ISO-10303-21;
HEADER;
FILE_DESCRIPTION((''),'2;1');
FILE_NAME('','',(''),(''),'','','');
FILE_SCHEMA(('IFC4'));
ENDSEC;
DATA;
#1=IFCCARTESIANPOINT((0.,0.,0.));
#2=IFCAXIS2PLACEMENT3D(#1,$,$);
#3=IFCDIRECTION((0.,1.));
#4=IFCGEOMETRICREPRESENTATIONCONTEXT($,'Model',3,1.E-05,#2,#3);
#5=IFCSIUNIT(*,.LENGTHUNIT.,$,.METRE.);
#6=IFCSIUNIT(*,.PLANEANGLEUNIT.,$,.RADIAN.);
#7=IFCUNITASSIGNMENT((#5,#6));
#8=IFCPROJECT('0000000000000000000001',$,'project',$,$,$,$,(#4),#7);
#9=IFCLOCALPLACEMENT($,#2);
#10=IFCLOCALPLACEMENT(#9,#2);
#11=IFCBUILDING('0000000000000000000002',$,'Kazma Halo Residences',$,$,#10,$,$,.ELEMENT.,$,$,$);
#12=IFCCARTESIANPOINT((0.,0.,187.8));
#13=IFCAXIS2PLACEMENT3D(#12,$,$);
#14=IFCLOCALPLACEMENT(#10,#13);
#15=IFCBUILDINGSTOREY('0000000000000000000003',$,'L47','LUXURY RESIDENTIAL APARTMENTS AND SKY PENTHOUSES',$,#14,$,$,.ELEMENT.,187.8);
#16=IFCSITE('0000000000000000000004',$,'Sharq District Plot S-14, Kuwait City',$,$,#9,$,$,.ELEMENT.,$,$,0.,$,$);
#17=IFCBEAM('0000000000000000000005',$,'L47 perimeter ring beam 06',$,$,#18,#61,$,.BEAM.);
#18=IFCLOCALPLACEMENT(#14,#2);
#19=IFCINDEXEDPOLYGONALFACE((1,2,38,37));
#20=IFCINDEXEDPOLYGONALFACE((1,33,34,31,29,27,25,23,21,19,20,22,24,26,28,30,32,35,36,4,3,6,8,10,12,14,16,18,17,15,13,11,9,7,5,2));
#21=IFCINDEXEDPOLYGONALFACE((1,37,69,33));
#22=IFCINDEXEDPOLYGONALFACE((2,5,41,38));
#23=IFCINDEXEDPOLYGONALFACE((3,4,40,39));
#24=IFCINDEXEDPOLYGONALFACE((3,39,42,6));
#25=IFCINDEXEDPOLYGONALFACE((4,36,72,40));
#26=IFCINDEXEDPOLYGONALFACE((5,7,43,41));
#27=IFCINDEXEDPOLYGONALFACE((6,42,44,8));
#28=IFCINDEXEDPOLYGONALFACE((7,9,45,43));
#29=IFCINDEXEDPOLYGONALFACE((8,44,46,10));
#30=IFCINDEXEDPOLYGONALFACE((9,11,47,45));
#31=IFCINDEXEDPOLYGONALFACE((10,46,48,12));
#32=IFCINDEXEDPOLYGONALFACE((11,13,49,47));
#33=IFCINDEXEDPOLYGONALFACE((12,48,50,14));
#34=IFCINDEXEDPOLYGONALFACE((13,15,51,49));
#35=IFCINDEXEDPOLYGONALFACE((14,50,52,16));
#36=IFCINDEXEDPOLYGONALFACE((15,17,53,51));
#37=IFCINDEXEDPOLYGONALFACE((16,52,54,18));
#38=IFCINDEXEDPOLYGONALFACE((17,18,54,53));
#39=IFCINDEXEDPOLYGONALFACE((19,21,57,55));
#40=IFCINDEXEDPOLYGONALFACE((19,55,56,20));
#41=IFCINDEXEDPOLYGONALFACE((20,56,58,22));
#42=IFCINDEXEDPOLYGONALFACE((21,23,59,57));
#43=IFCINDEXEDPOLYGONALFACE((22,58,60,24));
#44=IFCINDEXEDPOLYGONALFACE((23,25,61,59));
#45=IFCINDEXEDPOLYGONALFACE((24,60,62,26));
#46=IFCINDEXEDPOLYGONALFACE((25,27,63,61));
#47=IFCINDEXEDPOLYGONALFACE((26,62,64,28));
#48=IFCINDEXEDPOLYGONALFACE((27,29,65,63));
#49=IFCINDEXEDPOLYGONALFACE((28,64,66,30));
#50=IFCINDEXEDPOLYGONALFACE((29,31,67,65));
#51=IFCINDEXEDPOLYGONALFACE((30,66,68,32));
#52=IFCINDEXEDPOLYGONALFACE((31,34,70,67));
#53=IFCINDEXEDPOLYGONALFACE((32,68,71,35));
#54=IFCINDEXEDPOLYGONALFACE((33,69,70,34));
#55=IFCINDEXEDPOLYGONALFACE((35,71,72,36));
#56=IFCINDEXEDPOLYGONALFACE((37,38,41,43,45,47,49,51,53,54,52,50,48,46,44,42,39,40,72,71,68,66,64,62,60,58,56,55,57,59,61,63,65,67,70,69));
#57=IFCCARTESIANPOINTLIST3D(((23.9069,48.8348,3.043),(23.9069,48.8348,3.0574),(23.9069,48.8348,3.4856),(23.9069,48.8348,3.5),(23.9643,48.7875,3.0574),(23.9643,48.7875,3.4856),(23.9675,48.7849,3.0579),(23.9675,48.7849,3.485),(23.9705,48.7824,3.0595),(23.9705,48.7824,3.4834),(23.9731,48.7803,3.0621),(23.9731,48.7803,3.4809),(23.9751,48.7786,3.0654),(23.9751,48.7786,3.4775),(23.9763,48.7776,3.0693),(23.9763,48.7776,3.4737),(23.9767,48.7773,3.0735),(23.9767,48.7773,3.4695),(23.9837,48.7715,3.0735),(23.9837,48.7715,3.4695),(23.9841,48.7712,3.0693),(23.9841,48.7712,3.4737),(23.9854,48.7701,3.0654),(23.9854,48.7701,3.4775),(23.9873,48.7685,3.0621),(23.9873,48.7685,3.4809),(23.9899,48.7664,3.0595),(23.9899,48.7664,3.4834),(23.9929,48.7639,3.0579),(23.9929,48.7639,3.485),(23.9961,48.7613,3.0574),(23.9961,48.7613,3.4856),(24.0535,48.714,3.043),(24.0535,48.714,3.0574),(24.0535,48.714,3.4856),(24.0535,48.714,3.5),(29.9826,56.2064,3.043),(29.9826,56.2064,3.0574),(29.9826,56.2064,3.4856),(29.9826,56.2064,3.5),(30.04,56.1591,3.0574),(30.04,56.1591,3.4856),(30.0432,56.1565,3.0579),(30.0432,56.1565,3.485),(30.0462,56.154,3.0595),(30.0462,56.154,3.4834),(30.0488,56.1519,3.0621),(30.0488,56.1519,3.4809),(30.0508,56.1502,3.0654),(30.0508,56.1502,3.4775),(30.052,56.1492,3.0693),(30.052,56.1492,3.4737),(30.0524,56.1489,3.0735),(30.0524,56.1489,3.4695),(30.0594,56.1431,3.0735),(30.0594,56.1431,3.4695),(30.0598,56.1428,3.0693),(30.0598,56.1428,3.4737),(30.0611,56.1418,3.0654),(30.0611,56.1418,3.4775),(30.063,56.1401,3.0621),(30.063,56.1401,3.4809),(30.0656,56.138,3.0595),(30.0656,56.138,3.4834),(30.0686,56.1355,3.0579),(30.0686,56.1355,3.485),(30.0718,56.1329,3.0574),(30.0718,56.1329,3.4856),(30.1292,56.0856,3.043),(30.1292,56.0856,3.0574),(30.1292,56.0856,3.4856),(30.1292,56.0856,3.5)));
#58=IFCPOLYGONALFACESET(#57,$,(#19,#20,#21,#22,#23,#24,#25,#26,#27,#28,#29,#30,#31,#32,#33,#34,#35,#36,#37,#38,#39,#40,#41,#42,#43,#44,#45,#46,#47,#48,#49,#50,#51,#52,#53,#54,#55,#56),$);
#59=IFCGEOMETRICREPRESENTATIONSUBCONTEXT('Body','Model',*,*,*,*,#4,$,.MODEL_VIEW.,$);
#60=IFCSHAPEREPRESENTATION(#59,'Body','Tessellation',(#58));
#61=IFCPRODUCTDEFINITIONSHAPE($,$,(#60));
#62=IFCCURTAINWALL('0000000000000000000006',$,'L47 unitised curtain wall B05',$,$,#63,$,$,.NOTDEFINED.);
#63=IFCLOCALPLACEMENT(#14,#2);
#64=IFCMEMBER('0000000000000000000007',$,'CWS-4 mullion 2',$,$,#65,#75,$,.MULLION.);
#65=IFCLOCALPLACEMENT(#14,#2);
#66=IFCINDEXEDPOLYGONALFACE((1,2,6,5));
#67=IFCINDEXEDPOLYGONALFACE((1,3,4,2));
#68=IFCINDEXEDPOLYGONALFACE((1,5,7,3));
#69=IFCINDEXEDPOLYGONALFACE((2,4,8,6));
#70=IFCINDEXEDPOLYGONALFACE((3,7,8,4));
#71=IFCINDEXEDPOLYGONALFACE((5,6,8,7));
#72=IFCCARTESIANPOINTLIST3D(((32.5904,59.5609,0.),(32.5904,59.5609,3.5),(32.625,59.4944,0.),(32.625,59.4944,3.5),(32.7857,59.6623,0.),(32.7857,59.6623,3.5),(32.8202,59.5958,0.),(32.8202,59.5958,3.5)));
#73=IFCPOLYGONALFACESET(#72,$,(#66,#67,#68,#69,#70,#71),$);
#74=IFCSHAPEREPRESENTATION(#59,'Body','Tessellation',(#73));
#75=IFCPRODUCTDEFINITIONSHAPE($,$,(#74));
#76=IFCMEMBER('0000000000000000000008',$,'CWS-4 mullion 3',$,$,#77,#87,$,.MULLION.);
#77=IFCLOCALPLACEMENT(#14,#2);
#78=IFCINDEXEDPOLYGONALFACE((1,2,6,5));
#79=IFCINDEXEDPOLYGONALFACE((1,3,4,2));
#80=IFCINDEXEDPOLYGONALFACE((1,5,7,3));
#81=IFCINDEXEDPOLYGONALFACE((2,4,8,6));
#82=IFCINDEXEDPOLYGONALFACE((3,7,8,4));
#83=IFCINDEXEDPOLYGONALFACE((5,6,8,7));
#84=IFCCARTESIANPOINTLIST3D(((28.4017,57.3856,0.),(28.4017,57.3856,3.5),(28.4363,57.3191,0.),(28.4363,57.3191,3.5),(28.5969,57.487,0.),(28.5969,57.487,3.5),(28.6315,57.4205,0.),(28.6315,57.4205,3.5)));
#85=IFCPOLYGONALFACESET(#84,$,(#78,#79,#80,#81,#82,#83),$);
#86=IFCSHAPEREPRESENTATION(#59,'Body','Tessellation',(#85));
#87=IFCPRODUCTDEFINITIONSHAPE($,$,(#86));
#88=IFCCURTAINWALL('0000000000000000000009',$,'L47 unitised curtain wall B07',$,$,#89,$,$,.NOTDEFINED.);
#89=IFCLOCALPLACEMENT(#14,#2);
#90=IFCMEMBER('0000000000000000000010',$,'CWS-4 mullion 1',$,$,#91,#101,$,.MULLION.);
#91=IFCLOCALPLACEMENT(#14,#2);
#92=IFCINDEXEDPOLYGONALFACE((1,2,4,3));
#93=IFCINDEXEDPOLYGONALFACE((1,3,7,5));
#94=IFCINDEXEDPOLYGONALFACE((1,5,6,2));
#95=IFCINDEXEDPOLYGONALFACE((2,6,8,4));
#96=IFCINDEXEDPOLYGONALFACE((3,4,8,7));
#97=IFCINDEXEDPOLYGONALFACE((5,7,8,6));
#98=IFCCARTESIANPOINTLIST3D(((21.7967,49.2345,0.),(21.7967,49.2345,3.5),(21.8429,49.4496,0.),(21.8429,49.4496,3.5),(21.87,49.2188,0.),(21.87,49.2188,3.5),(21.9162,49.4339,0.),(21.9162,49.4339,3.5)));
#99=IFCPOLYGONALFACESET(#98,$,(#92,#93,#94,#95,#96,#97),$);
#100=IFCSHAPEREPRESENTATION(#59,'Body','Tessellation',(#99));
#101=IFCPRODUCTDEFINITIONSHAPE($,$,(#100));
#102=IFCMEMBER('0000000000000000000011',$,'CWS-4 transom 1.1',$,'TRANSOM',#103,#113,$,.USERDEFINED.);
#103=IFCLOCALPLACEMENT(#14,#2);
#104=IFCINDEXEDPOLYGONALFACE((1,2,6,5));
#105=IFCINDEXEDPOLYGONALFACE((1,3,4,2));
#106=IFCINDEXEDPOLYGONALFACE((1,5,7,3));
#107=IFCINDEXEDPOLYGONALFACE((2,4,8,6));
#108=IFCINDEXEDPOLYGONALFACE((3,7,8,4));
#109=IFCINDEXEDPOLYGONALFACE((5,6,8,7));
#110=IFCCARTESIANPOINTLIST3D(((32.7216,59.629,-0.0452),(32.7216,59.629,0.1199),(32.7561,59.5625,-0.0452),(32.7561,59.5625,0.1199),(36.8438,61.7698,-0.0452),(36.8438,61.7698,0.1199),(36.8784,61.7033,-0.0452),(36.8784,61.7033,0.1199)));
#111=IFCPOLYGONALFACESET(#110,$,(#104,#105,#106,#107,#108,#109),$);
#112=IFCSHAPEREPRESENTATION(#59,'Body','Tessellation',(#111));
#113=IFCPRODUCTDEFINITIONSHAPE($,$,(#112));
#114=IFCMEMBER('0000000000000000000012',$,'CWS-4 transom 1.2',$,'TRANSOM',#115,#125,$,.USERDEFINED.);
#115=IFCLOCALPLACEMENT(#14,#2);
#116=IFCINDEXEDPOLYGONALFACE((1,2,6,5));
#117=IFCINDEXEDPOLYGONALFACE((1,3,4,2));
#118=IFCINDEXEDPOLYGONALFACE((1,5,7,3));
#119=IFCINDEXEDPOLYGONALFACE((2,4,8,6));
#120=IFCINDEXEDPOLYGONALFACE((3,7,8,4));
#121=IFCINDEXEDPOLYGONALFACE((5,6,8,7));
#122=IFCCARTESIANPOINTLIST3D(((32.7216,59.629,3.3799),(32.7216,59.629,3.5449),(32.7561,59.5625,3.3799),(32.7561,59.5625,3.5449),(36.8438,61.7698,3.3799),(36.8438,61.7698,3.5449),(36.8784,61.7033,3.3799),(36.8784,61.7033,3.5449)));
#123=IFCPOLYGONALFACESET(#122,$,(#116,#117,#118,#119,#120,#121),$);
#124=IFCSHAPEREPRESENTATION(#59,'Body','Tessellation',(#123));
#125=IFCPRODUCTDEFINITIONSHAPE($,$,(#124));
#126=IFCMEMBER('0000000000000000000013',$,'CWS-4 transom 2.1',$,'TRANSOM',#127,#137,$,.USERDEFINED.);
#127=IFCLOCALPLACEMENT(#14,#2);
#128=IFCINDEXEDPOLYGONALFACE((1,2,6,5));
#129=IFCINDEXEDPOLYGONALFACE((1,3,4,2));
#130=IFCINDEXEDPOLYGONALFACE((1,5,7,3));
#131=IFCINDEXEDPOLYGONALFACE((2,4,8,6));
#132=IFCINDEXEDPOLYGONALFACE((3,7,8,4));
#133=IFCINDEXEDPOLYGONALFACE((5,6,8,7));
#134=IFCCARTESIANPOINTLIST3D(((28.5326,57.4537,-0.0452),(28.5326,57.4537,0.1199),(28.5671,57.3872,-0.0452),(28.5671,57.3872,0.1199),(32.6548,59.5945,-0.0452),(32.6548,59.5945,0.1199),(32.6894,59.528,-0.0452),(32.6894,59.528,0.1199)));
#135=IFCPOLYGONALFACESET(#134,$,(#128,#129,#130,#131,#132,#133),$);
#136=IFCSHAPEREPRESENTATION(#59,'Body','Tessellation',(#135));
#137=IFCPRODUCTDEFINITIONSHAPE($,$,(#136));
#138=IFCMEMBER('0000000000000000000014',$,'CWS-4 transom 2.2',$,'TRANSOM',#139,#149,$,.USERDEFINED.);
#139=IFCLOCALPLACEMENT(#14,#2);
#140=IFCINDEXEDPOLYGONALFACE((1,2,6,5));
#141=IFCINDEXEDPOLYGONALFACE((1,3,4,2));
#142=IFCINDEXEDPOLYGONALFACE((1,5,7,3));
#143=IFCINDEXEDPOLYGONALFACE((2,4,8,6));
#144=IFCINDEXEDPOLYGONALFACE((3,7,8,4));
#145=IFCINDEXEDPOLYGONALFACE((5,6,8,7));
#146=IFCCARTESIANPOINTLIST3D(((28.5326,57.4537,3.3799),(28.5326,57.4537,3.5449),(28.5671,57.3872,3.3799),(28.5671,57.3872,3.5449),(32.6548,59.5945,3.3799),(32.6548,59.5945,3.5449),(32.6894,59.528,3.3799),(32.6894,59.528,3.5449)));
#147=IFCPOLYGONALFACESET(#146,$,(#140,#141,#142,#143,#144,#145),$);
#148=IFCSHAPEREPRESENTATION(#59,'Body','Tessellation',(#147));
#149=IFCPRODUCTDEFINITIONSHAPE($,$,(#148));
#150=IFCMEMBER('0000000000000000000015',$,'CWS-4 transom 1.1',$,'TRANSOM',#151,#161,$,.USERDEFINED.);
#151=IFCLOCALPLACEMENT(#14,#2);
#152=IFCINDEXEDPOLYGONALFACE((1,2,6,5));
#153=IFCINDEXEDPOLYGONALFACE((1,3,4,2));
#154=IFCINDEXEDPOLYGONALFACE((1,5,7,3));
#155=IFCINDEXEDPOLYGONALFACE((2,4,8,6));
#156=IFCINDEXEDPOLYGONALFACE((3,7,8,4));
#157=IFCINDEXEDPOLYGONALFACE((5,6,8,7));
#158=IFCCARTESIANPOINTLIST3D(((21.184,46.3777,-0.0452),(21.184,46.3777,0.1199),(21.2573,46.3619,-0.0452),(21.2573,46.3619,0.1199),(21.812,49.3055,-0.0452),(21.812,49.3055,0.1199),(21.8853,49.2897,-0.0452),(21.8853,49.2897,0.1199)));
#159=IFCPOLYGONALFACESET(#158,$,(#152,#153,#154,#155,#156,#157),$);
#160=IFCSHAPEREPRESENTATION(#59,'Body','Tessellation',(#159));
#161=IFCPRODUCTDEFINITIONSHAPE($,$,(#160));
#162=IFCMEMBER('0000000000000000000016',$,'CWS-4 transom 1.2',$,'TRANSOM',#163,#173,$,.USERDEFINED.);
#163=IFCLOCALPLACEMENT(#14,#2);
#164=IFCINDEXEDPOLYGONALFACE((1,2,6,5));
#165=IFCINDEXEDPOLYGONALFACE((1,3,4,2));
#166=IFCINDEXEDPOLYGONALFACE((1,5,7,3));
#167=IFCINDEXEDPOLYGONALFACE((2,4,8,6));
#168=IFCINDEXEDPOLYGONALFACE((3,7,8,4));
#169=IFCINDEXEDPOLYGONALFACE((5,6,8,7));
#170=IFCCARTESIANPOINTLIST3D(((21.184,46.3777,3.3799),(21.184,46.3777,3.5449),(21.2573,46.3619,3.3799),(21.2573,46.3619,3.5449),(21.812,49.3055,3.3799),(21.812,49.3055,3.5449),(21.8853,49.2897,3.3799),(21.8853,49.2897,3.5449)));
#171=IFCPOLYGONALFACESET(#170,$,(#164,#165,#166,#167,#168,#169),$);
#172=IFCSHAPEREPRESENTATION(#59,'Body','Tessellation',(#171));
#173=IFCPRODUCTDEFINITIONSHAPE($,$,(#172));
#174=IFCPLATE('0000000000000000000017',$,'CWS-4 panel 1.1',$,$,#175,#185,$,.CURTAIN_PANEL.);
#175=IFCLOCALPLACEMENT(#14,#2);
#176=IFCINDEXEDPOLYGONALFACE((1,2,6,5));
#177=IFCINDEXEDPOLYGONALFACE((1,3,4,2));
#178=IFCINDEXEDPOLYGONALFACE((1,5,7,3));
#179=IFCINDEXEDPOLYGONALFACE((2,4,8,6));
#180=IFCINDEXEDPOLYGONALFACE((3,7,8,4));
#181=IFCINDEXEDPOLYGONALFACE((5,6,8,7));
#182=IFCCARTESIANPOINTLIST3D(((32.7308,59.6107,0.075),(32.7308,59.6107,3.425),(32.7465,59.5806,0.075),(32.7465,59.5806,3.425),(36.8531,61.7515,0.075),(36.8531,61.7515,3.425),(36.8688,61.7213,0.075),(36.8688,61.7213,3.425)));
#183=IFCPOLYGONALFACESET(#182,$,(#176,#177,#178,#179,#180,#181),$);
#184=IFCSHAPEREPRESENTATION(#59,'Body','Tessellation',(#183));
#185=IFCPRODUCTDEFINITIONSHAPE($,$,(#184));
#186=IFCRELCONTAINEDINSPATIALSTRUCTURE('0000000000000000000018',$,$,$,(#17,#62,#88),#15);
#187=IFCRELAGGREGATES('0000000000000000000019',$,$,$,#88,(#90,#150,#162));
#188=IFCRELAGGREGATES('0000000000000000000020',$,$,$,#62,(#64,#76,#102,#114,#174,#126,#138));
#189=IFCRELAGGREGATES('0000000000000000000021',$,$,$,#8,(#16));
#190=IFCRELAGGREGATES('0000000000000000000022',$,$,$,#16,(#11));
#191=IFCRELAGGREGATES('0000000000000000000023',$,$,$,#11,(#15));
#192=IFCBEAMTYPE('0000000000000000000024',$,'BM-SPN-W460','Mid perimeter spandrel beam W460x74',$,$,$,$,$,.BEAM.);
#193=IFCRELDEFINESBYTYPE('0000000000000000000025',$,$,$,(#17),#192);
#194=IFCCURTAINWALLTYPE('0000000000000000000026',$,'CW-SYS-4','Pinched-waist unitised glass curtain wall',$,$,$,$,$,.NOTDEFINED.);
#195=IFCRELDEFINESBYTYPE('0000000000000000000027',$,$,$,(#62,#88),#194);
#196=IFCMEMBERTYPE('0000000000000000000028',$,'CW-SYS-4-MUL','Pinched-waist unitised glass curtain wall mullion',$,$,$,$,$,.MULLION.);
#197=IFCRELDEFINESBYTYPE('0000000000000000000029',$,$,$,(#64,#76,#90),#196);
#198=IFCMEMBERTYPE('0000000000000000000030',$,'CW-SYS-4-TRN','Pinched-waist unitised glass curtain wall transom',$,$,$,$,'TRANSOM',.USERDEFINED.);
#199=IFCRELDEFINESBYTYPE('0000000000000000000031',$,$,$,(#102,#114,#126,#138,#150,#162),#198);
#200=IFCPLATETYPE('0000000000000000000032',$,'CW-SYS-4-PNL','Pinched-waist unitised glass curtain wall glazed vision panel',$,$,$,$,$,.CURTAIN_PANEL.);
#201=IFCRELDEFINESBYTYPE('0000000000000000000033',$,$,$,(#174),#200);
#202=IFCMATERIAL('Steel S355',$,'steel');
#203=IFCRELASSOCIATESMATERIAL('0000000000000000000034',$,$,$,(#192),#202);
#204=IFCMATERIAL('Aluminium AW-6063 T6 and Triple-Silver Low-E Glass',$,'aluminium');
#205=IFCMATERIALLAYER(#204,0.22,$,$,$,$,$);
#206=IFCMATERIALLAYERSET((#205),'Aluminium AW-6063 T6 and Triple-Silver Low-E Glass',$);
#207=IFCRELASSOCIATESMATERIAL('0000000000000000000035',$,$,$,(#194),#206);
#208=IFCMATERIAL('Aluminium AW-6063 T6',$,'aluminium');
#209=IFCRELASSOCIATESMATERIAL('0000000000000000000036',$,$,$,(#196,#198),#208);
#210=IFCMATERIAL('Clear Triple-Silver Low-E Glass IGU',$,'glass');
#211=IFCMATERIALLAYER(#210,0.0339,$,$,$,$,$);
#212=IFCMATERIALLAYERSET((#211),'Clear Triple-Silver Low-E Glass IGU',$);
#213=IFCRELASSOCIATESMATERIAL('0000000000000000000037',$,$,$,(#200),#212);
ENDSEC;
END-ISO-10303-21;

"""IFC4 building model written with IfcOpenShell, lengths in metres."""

from ifc_helpers import new_model, si_unit, direction, frame, origin, origin_2d, place, context, subcontext, project, spatial, rectangle, i_section, extrude, material, layer, layer_set, material_profile, profile_set, type_object, element, aggregate, save


model = new_model("IFC4")

# Units and contexts
model_context = context("Model", 3, precision=1e-05, world=origin(), true_north=direction((0.0, 1.0)))
body_context = subcontext(model_context, "Body", "Model", "MODEL_VIEW")
ifc_project = project(units=[si_unit("LENGTHUNIT", "METRE"), si_unit("PLANEANGLEUNIT", "RADIAN")], contexts=[model_context])

# Site, building, storey
site_placement = place(None, origin())
site = spatial("IfcSite", under=ifc_project, at=site_placement, Name="Sharq District Plot S-14, Kuwait City", CompositionType="ELEMENT", RefElevation=0.0)
building_placement = place(site_placement, origin())
building = spatial("IfcBuilding", under=site, at=building_placement, Name="Kazma Halo Residences", CompositionType="ELEMENT")
storey_placement = place(building_placement, frame((0.0, 0.0, 187.8)))
storey = spatial("IfcBuildingStorey", under=building, at=storey_placement, Name="L47", Description="LUXURY RESIDENTIAL APARTMENTS AND SKY PENTHOUSES", CompositionType="ELEMENT", Elevation=187.8)

# Beam
ifc_material_1 = material(Name="Steel S355", Category="steel")
ifc_material_profile_1 = material_profile(ifc_material_1, i_section(OverallWidth=0.1899, OverallDepth=0.457, WebThickness=0.009, FlangeThickness=0.0144, FilletRadius=0.0161, at=origin_2d()), Name="W460x74")
ifc_profile_set_1 = profile_set([ifc_material_profile_1], Name="Steel S355")
beam_type_1 = type_object("IfcBeamType", Name="BM-SPN-W460", Description="Mid perimeter spandrel beam W460x74", PredefinedType="BEAM", material=ifc_profile_set_1)
beam_1_placement = place(storey_placement, frame((30.0559, 56.146, 3.2715), z_axis=(-0.636017, -0.771675, 0.0), x_axis=(0.771675, -0.636017, 0.0)))
element("IfcBeam", 1, at=beam_1_placement, inside=storey, type_object=beam_type_1, Name="L47 perimeter ring beam 06", PredefinedType="BEAM", context=body_context, shape_type="SweptSolid", body=[
    extrude(i_section(OverallWidth=0.1899, OverallDepth=0.457, WebThickness=0.009, FlangeThickness=0.0144, FilletRadius=0.0161, at=origin_2d()), origin(), (0.0, 0.0, 1.0), 9.5527),
])

# Curtain wall, members
ifc_material_2 = material(Name="Aluminium AW-6063 T6 and Triple-Silver Low-E Glass", Category="aluminium")
ifc_layer_1 = layer(ifc_material_2, 0.22)
ifc_layer_set_1 = layer_set([ifc_layer_1], Name="Aluminium AW-6063 T6 and Triple-Silver Low-E Glass")
curtain_wall_type = type_object("IfcCurtainWallType", Name="CW-SYS-4", Description="Pinched-waist unitised glass curtain wall", PredefinedType="NOTDEFINED", material=ifc_layer_set_1)
curtain_wall_1_placement = place(storey_placement, origin())
curtain_wall_1 = element("IfcCurtainWall", 2, at=curtain_wall_1_placement, inside=storey, type_object=curtain_wall_type, Name="L47 unitised curtain wall B05", PredefinedType="NOTDEFINED")
ifc_material_3 = material(Name="Aluminium AW-6063 T6", Category="aluminium")
ifc_material_profile_2 = material_profile(ifc_material_3, rectangle(XDim=0.075, YDim=0.22, at=origin_2d()), Name="CWM-75x220")
ifc_profile_set_2 = profile_set([ifc_material_profile_2], Name="Aluminium AW-6063 T6")
member_type_1 = type_object("IfcMemberType", Name="CW-SYS-4-MUL", Description="Pinched-waist unitised glass curtain wall mullion", PredefinedType="MULLION", material=ifc_profile_set_2)
member_1_placement = place(storey_placement, frame((32.7053, 59.5784, 0.0), z_axis=(0.0, 0.0, 1.0), x_axis=(0.460874, -0.887466, 0.0)))
member_1 = element("IfcMember", 3, at=member_1_placement, type_object=member_type_1, Name="CWS-4 mullion 2", PredefinedType="MULLION", context=body_context, shape_type="SweptSolid", body=[
    extrude(rectangle(XDim=0.075, YDim=0.22, at=origin_2d()), origin(), (0.0, 0.0, 1.0), 3.5),
])
member_2_placement = place(storey_placement, frame((28.5166, 57.4031, 0.0), z_axis=(0.0, 0.0, 1.0), x_axis=(0.460874, -0.887466, 0.0)))
member_2 = element("IfcMember", 4, at=member_2_placement, type_object=member_type_1, Name="CWS-4 mullion 3", PredefinedType="MULLION", context=body_context, shape_type="SweptSolid", body=[
    extrude(rectangle(XDim=0.075, YDim=0.22, at=origin_2d()), origin(), (0.0, 0.0, 1.0), 3.5),
])

# Curtain wall, member
curtain_wall_2_placement = place(storey_placement, origin())
curtain_wall_2 = element("IfcCurtainWall", 5, at=curtain_wall_2_placement, inside=storey, type_object=curtain_wall_type, Name="L47 unitised curtain wall B07", PredefinedType="NOTDEFINED")
member_3_placement = place(storey_placement, frame((21.8564, 49.3342, 0.0), z_axis=(0.0, 0.0, 1.0), x_axis=(0.977768, -0.20969, 0.0)))
member_3 = element("IfcMember", 6, at=member_3_placement, type_object=member_type_1, Name="CWS-4 mullion 1", PredefinedType="MULLION", context=body_context, shape_type="SweptSolid", body=[
    extrude(rectangle(XDim=0.075, YDim=0.22, at=origin_2d()), origin(), (0.0, 0.0, 1.0), 3.5),
])

# Members
ifc_material_profile_3 = material_profile(ifc_material_3, rectangle(XDim=0.075, YDim=0.165, at=origin_2d()), Name="CWT-75x165")
ifc_profile_set_3 = profile_set([ifc_material_profile_3], Name="Aluminium AW-6063 T6")
member_type_2 = type_object("IfcMemberType", Name="CW-SYS-4-TRN", Description="Pinched-waist unitised glass curtain wall transom", ElementType="TRANSOM", PredefinedType="USERDEFINED", material=ifc_profile_set_3)
member_4_placement = place(storey_placement, frame((36.8611, 61.7366, 0.0374), z_axis=(-0.887458, -0.460889, 0.0), x_axis=(0.460889, -0.887458, 0.0)))
member_4 = element("IfcMember", 7, at=member_4_placement, type_object=member_type_2, Name="CWS-4 transom 1.1", ObjectType="TRANSOM", PredefinedType="USERDEFINED", context=body_context, shape_type="SweptSolid", body=[
    extrude(rectangle(XDim=0.075, YDim=0.165, at=origin_2d()), origin(), (0.0, 0.0, 1.0), 4.645),
])
member_5_placement = place(storey_placement, frame((36.8611, 61.7366, 3.4624), z_axis=(-0.887458, -0.460889, 0.0), x_axis=(0.460889, -0.887458, 0.0)))
member_5 = element("IfcMember", 8, at=member_5_placement, type_object=member_type_2, Name="CWS-4 transom 1.2", ObjectType="TRANSOM", PredefinedType="USERDEFINED", context=body_context, shape_type="SweptSolid", body=[
    extrude(rectangle(XDim=0.075, YDim=0.165, at=origin_2d()), origin(), (0.0, 0.0, 1.0), 4.645),
])
member_6_placement = place(storey_placement, frame((32.6721, 59.5613, 0.0374), z_axis=(-0.887458, -0.460889, 0.0), x_axis=(0.460889, -0.887458, 0.0)))
member_6 = element("IfcMember", 9, at=member_6_placement, type_object=member_type_2, Name="CWS-4 transom 2.1", ObjectType="TRANSOM", PredefinedType="USERDEFINED", context=body_context, shape_type="SweptSolid", body=[
    extrude(rectangle(XDim=0.075, YDim=0.165, at=origin_2d()), origin(), (0.0, 0.0, 1.0), 4.645),
])
member_7_placement = place(storey_placement, frame((32.6721, 59.5613, 3.4624), z_axis=(-0.887458, -0.460889, 0.0), x_axis=(0.460889, -0.887458, 0.0)))
member_7 = element("IfcMember", 10, at=member_7_placement, type_object=member_type_2, Name="CWS-4 transom 2.2", ObjectType="TRANSOM", PredefinedType="USERDEFINED", context=body_context, shape_type="SweptSolid", body=[
    extrude(rectangle(XDim=0.075, YDim=0.165, at=origin_2d()), origin(), (0.0, 0.0, 1.0), 4.645),
])
member_8_placement = place(storey_placement, frame((21.8486, 49.2976, 0.0374), z_axis=(-0.209707, -0.977764, 0.0), x_axis=(0.977764, -0.209707, 0.0)))
member_8 = element("IfcMember", 11, at=member_8_placement, type_object=member_type_2, Name="CWS-4 transom 1.1", ObjectType="TRANSOM", PredefinedType="USERDEFINED", context=body_context, shape_type="SweptSolid", body=[
    extrude(rectangle(XDim=0.075, YDim=0.165, at=origin_2d()), origin(), (0.0, 0.0, 1.0), 2.9944),
])
member_9_placement = place(storey_placement, frame((21.8486, 49.2976, 3.4624), z_axis=(-0.209707, -0.977764, 0.0), x_axis=(0.977764, -0.209707, 0.0)))
member_9 = element("IfcMember", 12, at=member_9_placement, type_object=member_type_2, Name="CWS-4 transom 1.2", ObjectType="TRANSOM", PredefinedType="USERDEFINED", context=body_context, shape_type="SweptSolid", body=[
    extrude(rectangle(XDim=0.075, YDim=0.165, at=origin_2d()), origin(), (0.0, 0.0, 1.0), 2.9944),
])
aggregate(curtain_wall_2, [member_3, member_8, member_9])

# Plate
ifc_material_4 = material(Name="Clear Triple-Silver Low-E Glass IGU", Category="glass")
ifc_layer_2 = layer(ifc_material_4, 0.0339)
ifc_layer_set_2 = layer_set([ifc_layer_2], Name="Clear Triple-Silver Low-E Glass IGU")
plate_type = type_object("IfcPlateType", Name="CW-SYS-4-PNL", Description="Pinched-waist unitised glass curtain wall glazed vision panel", PredefinedType="CURTAIN_PANEL", material=ifc_layer_set_2)
plate_1_placement = place(storey_placement, frame((34.7998, 60.666, 0.075), z_axis=(0.0, 0.0, 1.0), x_axis=(-0.887466, -0.460874, 0.0)))
plate_1 = element("IfcPlate", 13, at=plate_1_placement, type_object=plate_type, Name="CWS-4 panel 1.1", PredefinedType="CURTAIN_PANEL", context=body_context, shape_type="SweptSolid", body=[
    extrude(rectangle(XDim=4.645, YDim=0.0339, at=origin_2d()), origin(), (0.0, 0.0, 1.0), 3.3501),
])
aggregate(curtain_wall_1, [member_1, member_2, member_4, member_5, plate_1, member_6, member_7])

save(model, "model.ifc")
